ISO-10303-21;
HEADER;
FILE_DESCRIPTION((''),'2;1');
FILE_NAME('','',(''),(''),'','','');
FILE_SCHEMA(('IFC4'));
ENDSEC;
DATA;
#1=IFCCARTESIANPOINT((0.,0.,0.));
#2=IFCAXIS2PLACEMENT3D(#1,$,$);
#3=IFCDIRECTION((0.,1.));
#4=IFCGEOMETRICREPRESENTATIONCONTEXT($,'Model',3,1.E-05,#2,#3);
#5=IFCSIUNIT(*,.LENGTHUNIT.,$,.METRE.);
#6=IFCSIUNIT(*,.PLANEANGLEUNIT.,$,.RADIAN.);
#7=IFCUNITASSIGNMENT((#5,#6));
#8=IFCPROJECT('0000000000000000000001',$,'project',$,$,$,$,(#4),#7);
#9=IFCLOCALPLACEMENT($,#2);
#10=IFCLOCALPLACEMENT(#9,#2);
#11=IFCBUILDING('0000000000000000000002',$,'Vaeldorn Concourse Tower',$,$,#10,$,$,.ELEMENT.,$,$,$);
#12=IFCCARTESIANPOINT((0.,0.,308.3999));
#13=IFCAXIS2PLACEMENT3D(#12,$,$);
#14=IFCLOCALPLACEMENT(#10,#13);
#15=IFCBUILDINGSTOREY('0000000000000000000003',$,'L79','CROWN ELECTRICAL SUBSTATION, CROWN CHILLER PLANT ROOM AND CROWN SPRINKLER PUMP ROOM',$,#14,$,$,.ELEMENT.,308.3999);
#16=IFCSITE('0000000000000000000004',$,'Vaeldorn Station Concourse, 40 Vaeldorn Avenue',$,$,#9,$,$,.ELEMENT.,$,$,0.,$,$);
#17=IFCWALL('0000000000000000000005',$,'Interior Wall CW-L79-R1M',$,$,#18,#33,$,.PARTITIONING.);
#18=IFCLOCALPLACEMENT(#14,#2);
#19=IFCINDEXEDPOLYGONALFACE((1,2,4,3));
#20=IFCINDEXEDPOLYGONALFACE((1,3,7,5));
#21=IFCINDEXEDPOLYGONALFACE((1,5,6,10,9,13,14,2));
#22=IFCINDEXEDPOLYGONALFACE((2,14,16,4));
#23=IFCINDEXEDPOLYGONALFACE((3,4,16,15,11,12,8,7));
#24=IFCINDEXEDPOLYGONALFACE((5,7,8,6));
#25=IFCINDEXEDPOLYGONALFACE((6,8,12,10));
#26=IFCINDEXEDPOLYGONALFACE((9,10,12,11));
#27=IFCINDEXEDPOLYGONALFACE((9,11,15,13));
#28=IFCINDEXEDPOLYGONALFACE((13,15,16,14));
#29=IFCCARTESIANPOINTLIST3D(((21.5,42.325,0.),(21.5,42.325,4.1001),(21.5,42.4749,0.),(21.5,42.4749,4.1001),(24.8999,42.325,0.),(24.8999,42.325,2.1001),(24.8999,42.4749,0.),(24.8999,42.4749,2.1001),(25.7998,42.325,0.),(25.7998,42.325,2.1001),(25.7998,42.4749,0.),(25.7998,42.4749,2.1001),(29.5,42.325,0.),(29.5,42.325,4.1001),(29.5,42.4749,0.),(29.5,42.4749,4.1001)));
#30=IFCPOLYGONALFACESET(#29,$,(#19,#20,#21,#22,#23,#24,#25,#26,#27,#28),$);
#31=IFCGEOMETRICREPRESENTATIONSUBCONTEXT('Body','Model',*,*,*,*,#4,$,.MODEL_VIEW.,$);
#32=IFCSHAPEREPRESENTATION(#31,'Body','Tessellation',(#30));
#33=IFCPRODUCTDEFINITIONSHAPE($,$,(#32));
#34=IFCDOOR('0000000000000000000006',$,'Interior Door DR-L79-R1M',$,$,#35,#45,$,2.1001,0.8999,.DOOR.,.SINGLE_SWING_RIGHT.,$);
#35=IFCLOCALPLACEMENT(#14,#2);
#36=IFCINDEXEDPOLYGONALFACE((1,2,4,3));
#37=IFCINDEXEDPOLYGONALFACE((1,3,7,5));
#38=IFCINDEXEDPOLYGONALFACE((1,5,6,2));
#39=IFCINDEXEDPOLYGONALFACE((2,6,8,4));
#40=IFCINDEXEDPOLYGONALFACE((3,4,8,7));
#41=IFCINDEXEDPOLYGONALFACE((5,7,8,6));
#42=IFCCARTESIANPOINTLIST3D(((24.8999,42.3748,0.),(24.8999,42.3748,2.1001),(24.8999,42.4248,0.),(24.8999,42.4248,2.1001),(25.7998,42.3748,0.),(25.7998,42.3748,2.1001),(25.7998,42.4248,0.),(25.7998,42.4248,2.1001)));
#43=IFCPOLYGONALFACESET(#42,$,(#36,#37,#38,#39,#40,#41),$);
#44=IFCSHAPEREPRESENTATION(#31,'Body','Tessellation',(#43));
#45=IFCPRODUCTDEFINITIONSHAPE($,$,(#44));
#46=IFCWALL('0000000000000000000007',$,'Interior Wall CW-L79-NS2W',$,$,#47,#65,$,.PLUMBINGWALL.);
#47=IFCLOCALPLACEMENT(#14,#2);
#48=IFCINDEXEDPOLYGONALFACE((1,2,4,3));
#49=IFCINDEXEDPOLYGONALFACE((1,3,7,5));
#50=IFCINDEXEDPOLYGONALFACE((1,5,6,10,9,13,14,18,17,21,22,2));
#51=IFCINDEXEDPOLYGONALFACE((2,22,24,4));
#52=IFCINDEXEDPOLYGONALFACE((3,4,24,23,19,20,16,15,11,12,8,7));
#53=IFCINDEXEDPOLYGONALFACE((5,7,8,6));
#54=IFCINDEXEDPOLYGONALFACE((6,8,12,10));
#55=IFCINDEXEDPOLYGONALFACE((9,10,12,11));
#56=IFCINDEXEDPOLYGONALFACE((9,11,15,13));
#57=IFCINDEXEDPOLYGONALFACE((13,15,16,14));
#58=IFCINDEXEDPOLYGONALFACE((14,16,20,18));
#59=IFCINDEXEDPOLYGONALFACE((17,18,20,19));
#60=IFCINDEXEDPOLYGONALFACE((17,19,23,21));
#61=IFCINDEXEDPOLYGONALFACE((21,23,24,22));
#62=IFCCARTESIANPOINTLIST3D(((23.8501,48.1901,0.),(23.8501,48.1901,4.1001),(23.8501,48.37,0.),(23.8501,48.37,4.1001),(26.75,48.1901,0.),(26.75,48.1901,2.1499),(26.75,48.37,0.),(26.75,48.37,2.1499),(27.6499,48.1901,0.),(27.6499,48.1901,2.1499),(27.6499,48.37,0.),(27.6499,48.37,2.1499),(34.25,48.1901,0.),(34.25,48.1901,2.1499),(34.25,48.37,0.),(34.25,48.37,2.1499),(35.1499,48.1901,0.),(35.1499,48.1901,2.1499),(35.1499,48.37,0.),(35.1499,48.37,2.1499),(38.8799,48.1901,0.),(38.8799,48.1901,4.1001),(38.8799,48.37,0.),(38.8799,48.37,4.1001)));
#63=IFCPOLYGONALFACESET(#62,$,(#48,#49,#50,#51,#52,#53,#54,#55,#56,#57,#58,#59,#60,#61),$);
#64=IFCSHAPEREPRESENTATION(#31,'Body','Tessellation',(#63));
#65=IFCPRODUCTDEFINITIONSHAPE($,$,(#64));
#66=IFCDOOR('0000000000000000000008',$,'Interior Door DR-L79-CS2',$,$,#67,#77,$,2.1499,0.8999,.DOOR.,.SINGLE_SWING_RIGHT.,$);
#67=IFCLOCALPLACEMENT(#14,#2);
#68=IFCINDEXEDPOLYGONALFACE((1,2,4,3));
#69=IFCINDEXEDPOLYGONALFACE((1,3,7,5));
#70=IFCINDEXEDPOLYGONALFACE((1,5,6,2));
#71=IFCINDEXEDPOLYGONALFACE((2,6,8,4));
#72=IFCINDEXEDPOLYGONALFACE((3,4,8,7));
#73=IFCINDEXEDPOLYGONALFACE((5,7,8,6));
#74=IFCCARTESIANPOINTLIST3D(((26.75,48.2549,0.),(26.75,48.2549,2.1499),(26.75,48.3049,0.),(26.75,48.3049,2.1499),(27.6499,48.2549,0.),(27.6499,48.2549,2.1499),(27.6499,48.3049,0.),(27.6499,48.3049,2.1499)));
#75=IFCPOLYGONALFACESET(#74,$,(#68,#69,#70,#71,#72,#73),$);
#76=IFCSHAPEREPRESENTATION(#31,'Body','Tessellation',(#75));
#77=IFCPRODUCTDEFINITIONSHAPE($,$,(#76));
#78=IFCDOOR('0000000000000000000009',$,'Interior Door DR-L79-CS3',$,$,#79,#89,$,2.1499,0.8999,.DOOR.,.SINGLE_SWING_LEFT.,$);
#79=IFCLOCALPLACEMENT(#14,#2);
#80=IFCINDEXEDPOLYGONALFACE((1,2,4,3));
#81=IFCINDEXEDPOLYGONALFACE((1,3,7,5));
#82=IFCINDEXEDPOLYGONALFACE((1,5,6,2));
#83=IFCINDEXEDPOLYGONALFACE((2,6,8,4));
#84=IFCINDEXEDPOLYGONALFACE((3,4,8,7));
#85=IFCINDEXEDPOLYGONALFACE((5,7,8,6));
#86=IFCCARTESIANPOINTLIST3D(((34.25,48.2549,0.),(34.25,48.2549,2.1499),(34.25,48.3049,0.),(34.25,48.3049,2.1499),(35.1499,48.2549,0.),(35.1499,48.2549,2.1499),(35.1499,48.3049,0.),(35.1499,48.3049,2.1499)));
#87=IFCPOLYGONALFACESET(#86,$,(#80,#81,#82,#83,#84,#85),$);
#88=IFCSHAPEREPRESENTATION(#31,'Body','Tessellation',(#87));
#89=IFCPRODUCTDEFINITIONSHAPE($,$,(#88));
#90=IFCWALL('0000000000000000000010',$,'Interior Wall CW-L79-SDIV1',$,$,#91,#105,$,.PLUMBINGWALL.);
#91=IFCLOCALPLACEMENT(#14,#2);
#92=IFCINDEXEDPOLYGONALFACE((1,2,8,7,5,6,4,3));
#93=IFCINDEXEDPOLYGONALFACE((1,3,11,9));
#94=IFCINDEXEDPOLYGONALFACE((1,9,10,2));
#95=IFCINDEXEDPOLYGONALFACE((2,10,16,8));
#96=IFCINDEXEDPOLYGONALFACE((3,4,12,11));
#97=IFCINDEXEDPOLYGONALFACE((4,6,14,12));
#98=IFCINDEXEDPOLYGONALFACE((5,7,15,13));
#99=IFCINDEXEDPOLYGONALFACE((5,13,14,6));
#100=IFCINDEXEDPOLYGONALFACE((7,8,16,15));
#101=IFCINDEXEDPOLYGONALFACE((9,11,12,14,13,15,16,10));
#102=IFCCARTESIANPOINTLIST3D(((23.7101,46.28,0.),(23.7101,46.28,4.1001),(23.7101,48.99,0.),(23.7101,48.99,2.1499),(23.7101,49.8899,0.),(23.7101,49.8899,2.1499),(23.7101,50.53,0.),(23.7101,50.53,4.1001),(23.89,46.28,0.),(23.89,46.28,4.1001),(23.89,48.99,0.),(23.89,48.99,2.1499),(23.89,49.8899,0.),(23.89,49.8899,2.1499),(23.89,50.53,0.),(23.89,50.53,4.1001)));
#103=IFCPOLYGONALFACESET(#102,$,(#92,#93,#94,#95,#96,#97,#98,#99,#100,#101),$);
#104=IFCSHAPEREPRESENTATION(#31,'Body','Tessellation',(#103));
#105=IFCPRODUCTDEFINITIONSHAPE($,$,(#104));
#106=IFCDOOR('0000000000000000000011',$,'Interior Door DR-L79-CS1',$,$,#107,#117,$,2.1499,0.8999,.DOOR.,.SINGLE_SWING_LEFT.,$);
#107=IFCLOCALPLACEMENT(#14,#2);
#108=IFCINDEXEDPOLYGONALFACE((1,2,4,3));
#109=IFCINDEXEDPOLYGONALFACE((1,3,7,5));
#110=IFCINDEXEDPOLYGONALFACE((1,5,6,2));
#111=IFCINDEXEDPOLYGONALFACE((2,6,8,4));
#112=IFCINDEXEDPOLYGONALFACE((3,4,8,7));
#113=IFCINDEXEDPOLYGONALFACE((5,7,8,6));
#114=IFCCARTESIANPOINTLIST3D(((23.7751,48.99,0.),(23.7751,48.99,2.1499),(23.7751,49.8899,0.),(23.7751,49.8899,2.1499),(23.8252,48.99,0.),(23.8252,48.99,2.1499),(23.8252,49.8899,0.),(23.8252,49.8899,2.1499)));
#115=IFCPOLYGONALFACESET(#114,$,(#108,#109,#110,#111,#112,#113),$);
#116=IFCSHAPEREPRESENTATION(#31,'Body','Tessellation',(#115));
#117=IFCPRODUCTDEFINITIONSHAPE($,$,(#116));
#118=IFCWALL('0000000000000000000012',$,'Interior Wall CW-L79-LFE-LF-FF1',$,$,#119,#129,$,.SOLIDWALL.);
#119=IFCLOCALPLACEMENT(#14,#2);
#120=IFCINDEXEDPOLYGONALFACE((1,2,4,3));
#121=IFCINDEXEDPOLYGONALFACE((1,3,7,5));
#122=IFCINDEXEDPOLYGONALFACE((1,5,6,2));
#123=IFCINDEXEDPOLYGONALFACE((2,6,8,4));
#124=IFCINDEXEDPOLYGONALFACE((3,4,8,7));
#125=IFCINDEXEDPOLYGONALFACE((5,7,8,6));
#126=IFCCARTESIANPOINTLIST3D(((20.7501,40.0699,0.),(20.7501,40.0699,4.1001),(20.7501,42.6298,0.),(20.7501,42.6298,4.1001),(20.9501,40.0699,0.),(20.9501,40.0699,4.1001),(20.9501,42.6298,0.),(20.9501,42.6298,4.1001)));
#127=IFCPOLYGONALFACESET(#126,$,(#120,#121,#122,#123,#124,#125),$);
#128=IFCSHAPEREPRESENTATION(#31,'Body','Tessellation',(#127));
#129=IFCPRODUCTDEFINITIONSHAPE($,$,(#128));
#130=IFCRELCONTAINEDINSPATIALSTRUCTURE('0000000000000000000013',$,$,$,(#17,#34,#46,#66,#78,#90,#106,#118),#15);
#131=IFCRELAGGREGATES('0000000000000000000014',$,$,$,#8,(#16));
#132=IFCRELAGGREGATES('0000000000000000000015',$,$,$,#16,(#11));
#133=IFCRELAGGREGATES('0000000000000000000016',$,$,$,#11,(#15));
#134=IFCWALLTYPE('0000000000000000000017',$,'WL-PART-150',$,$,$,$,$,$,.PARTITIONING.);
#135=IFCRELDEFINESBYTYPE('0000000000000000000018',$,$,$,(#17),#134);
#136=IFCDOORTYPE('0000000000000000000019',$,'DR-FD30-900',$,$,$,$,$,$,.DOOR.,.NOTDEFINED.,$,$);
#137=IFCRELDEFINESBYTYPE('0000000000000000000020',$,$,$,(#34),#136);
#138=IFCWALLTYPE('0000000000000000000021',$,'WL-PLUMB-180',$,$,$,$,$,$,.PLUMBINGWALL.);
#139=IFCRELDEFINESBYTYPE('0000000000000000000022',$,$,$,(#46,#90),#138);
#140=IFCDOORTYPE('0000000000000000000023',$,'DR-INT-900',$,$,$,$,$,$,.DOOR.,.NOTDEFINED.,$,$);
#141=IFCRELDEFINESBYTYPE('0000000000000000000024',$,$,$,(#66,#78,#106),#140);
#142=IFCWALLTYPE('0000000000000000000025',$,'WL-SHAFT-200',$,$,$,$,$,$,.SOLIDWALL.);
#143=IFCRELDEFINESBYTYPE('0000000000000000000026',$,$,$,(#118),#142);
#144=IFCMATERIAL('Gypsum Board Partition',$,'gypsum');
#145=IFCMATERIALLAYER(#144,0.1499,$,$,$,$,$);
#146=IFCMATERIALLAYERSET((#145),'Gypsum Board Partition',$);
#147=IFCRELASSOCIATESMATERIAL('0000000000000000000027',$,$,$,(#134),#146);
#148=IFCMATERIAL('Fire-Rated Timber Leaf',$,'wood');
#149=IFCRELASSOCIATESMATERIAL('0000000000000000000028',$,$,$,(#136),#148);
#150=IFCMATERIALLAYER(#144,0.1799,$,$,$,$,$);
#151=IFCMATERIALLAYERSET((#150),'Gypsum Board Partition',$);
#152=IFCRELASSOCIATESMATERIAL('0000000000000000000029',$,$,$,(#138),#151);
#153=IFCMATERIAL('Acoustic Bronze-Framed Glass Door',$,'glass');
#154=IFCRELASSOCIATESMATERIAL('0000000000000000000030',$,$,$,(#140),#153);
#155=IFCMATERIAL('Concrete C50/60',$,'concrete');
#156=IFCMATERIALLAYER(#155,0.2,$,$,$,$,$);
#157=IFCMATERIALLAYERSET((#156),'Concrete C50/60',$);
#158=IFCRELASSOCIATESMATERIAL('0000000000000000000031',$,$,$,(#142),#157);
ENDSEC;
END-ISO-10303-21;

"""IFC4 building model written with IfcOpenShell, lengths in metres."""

from ifc_helpers import new_model, si_unit, direction, frame, frame_2d, origin, place, context, subcontext, project, spatial, rectangle, extrude, source, transform, mapped, material, layer, layer_set, type_object, element, fill, save


model = new_model("IFC4")

# Units and contexts
model_context = context("Model", 3, precision=1e-05, world=origin(), true_north=direction((0.0, 1.0)))
body_context = subcontext(model_context, "Body", "Model", "MODEL_VIEW")
ifc_project = project(units=[si_unit("LENGTHUNIT", "METRE"), si_unit("PLANEANGLEUNIT", "RADIAN")], contexts=[model_context])

# Site, building, storey
site_placement = place(None, origin())
site = spatial("IfcSite", under=ifc_project, at=site_placement, Name="Vaeldorn Station Concourse, 40 Vaeldorn Avenue", CompositionType="ELEMENT", RefElevation=0.0)
building_placement = place(site_placement, origin())
building = spatial("IfcBuilding", under=site, at=building_placement, Name="Vaeldorn Concourse Tower", CompositionType="ELEMENT")
storey_placement = place(building_placement, frame((0.0, 0.0, 308.3999)))
storey = spatial("IfcBuildingStorey", under=building, at=storey_placement, Name="L79", Description="CROWN ELECTRICAL SUBSTATION, CROWN CHILLER PLANT ROOM AND CROWN SPRINKLER PUMP ROOM", CompositionType="ELEMENT", Elevation=308.3999)

# Shared definitions
ifc_material_1 = material(Name="Concrete C50/60", Category="concrete")
ifc_material_2 = material(Name="Gypsum Board Partition", Category="gypsum")
ifc_layer_1 = layer(ifc_material_2, 0.1499)
ifc_layer_set_1 = layer_set([ifc_layer_1], Name="Gypsum Board Partition")
wall_type_1 = type_object("IfcWallType", Name="WL-PART-150", PredefinedType="PARTITIONING", material=ifc_layer_set_1)

# Wall, opening, door
wall_1_placement = place(storey_placement, frame((21.5, 42.3999, 0.0), z_axis=(0.0, 0.0, 1.0), x_axis=(1.0, 0.0, 0.0)))
wall_1 = element("IfcWall", 1, at=wall_1_placement, inside=storey, type_object=wall_type_1, Name="Interior Wall CW-L79-R1M", PredefinedType="PARTITIONING", context=body_context, shape_type="SweptSolid", body=[
    extrude(rectangle(XDim=8.0, YDim=0.1499, at=frame_2d((4.0, 0.0))), origin(), (0.0, 0.0, 1.0), 4.1001),
])
opening_1_placement = place(wall_1_placement, frame((3.3999, 0.0, 0.0)))
opening_1 = element("IfcOpeningElement", 2, at=opening_1_placement, cuts=wall_1, PredefinedType="OPENING", context=body_context, shape_type="SweptSolid", body=[
    extrude(rectangle(XDim=0.8999, YDim=2.1001, at=frame_2d((0.45, 1.05))), frame((0.0, 0.085, 0.0), z_axis=(0.0, -1.0, 0.0), x_axis=(1.0, 0.0, 0.0)), (0.0, 0.0, 1.0), 0.1699),
])
ifc_material_3 = material(Name="Fire-Rated Timber Leaf", Category="wood")
door_type_1 = type_object("IfcDoorType", Name="DR-FD30-900", OperationType="NOTDEFINED", PredefinedType="DOOR", material=ifc_material_3)
shared_shape_1 = source(origin(), body_context, "Body", "SweptSolid", [
    extrude(rectangle(XDim=0.8999, YDim=2.1001, at=frame_2d((0.45, 1.05))), frame((0.0, 0.0249, 0.0), z_axis=(0.0, -1.0, 0.0), x_axis=(1.0, 0.0, 0.0)), (0.0, 0.0, 1.0), 0.05),
])
door_1_placement = place(opening_1_placement, origin())
door_1 = element("IfcDoor", 3, at=door_1_placement, inside=storey, type_object=door_type_1, Name="Interior Door DR-L79-R1M", OperationType="SINGLE_SWING_RIGHT", OverallHeight=2.1001, OverallWidth=0.8999, PredefinedType="DOOR", context=body_context, shape_type="MappedRepresentation", body=[
    mapped(shared_shape_1, transform((0.0, 0.0, 0.0), scale=1.0)),
])
fill(opening_1, door_1)

# Wall, openings, doors
ifc_layer_2 = layer(ifc_material_2, 0.1799)
ifc_layer_set_2 = layer_set([ifc_layer_2], Name="Gypsum Board Partition")
wall_type_2 = type_object("IfcWallType", Name="WL-PLUMB-180", PredefinedType="PLUMBINGWALL", material=ifc_layer_set_2)
wall_2_placement = place(storey_placement, frame((23.8501, 48.28, 0.0), z_axis=(0.0, 0.0, 1.0), x_axis=(1.0, 0.0, 0.0)))
wall_2 = element("IfcWall", 4, at=wall_2_placement, inside=storey, type_object=wall_type_2, Name="Interior Wall CW-L79-NS2W", PredefinedType="PLUMBINGWALL", context=body_context, shape_type="SweptSolid", body=[
    extrude(rectangle(XDim=15.0298, YDim=0.1799, at=frame_2d((7.5149, 0.0))), origin(), (0.0, 0.0, 1.0), 4.1001),
])
opening_2_placement = place(wall_2_placement, frame((2.8999, 0.0, 0.0)))
opening_2 = element("IfcOpeningElement", 5, at=opening_2_placement, cuts=wall_2, PredefinedType="OPENING", context=body_context, shape_type="SweptSolid", body=[
    extrude(rectangle(XDim=0.8999, YDim=2.1499, at=frame_2d((0.45, 1.075))), frame((0.0, 0.1001, 0.0), z_axis=(0.0, -1.0, 0.0), x_axis=(1.0, 0.0, 0.0)), (0.0, 0.0, 1.0), 0.2),
])
opening_3_placement = place(wall_2_placement, frame((10.3999, 0.0, 0.0)))
opening_3 = element("IfcOpeningElement", 6, at=opening_3_placement, cuts=wall_2, PredefinedType="OPENING", context=body_context, shape_type="SweptSolid", body=[
    extrude(rectangle(XDim=0.8999, YDim=2.1499, at=frame_2d((0.45, 1.075))), frame((0.0, 0.1001, 0.0), z_axis=(0.0, -1.0, 0.0), x_axis=(1.0, 0.0, 0.0)), (0.0, 0.0, 1.0), 0.2),
])
ifc_material_4 = material(Name="Acoustic Bronze-Framed Glass Door", Category="glass")
door_type_2 = type_object("IfcDoorType", Name="DR-INT-900", OperationType="NOTDEFINED", PredefinedType="DOOR", material=ifc_material_4)
shared_shape_2 = source(origin(), body_context, "Body", "SweptSolid", [
    extrude(rectangle(XDim=0.8999, YDim=2.1499, at=frame_2d((0.45, 1.075))), frame((0.0, 0.0249, 0.0), z_axis=(0.0, -1.0, 0.0), x_axis=(1.0, 0.0, 0.0)), (0.0, 0.0, 1.0), 0.05),
])
door_2_placement = place(opening_2_placement, origin())
door_2 = element("IfcDoor", 7, at=door_2_placement, inside=storey, type_object=door_type_2, Name="Interior Door DR-L79-CS2", OperationType="SINGLE_SWING_RIGHT", OverallHeight=2.1499, OverallWidth=0.8999, PredefinedType="DOOR", context=body_context, shape_type="MappedRepresentation", body=[
    mapped(shared_shape_2, transform((0.0, 0.0, 0.0), scale=1.0)),
])
fill(opening_2, door_2)
door_3_placement = place(opening_3_placement, origin())
door_3 = element("IfcDoor", 8, at=door_3_placement, inside=storey, type_object=door_type_2, Name="Interior Door DR-L79-CS3", OperationType="SINGLE_SWING_LEFT", OverallHeight=2.1499, OverallWidth=0.8999, PredefinedType="DOOR", context=body_context, shape_type="MappedRepresentation", body=[
    mapped(shared_shape_2, transform((0.0, 0.0, 0.0), scale=1.0)),
])
fill(opening_3, door_3)

# Wall, opening, door
wall_3_placement = place(storey_placement, frame((23.8, 46.28, 0.0), z_axis=(0.0, 0.0, 1.0), x_axis=(0.0, 1.0, 0.0)))
wall_3 = element("IfcWall", 9, at=wall_3_placement, inside=storey, type_object=wall_type_2, Name="Interior Wall CW-L79-SDIV1", PredefinedType="PLUMBINGWALL", context=body_context, shape_type="SweptSolid", body=[
    extrude(rectangle(XDim=4.25, YDim=0.1799, at=frame_2d((2.125, 0.0))), origin(), (0.0, 0.0, 1.0), 4.1001),
])
opening_4_placement = place(wall_3_placement, frame((2.71, 0.0, 0.0)))
opening_4 = element("IfcOpeningElement", 10, at=opening_4_placement, cuts=wall_3, PredefinedType="OPENING", context=body_context, shape_type="SweptSolid", body=[
    extrude(rectangle(XDim=0.8999, YDim=2.1499, at=frame_2d((0.45, 1.075))), frame((0.0, 0.1001, 0.0), z_axis=(0.0, -1.0, 0.0), x_axis=(1.0, 0.0, 0.0)), (0.0, 0.0, 1.0), 0.2),
])
door_4_placement = place(opening_4_placement, origin())
door_4 = element("IfcDoor", 11, at=door_4_placement, inside=storey, type_object=door_type_2, Name="Interior Door DR-L79-CS1", OperationType="SINGLE_SWING_LEFT", OverallHeight=2.1499, OverallWidth=0.8999, PredefinedType="DOOR", context=body_context, shape_type="MappedRepresentation", body=[
    mapped(shared_shape_2, transform((0.0, 0.0, 0.0), scale=1.0)),
])
fill(opening_4, door_4)
ifc_layer_3 = layer(ifc_material_1, 0.2)
ifc_layer_set_3 = layer_set([ifc_layer_3], Name="Concrete C50/60")
wall_type_3 = type_object("IfcWallType", Name="WL-SHAFT-200", PredefinedType="SOLIDWALL", material=ifc_layer_set_3)

# Wall
wall_4_placement = place(storey_placement, frame((20.8501, 40.0701, 0.0), z_axis=(0.0, 0.0, 1.0), x_axis=(0.0, 1.0, 0.0)))
element("IfcWall", 12, at=wall_4_placement, inside=storey, type_object=wall_type_3, Name="Interior Wall CW-L79-LFE-LF-FF1", PredefinedType="SOLIDWALL", context=body_context, shape_type="SweptSolid", body=[
    extrude(rectangle(XDim=2.5598, YDim=0.2, at=frame_2d((1.2798, 0.0))), origin(), (0.0, 0.0, 1.0), 4.1001),
])

save(model, "model.ifc")
